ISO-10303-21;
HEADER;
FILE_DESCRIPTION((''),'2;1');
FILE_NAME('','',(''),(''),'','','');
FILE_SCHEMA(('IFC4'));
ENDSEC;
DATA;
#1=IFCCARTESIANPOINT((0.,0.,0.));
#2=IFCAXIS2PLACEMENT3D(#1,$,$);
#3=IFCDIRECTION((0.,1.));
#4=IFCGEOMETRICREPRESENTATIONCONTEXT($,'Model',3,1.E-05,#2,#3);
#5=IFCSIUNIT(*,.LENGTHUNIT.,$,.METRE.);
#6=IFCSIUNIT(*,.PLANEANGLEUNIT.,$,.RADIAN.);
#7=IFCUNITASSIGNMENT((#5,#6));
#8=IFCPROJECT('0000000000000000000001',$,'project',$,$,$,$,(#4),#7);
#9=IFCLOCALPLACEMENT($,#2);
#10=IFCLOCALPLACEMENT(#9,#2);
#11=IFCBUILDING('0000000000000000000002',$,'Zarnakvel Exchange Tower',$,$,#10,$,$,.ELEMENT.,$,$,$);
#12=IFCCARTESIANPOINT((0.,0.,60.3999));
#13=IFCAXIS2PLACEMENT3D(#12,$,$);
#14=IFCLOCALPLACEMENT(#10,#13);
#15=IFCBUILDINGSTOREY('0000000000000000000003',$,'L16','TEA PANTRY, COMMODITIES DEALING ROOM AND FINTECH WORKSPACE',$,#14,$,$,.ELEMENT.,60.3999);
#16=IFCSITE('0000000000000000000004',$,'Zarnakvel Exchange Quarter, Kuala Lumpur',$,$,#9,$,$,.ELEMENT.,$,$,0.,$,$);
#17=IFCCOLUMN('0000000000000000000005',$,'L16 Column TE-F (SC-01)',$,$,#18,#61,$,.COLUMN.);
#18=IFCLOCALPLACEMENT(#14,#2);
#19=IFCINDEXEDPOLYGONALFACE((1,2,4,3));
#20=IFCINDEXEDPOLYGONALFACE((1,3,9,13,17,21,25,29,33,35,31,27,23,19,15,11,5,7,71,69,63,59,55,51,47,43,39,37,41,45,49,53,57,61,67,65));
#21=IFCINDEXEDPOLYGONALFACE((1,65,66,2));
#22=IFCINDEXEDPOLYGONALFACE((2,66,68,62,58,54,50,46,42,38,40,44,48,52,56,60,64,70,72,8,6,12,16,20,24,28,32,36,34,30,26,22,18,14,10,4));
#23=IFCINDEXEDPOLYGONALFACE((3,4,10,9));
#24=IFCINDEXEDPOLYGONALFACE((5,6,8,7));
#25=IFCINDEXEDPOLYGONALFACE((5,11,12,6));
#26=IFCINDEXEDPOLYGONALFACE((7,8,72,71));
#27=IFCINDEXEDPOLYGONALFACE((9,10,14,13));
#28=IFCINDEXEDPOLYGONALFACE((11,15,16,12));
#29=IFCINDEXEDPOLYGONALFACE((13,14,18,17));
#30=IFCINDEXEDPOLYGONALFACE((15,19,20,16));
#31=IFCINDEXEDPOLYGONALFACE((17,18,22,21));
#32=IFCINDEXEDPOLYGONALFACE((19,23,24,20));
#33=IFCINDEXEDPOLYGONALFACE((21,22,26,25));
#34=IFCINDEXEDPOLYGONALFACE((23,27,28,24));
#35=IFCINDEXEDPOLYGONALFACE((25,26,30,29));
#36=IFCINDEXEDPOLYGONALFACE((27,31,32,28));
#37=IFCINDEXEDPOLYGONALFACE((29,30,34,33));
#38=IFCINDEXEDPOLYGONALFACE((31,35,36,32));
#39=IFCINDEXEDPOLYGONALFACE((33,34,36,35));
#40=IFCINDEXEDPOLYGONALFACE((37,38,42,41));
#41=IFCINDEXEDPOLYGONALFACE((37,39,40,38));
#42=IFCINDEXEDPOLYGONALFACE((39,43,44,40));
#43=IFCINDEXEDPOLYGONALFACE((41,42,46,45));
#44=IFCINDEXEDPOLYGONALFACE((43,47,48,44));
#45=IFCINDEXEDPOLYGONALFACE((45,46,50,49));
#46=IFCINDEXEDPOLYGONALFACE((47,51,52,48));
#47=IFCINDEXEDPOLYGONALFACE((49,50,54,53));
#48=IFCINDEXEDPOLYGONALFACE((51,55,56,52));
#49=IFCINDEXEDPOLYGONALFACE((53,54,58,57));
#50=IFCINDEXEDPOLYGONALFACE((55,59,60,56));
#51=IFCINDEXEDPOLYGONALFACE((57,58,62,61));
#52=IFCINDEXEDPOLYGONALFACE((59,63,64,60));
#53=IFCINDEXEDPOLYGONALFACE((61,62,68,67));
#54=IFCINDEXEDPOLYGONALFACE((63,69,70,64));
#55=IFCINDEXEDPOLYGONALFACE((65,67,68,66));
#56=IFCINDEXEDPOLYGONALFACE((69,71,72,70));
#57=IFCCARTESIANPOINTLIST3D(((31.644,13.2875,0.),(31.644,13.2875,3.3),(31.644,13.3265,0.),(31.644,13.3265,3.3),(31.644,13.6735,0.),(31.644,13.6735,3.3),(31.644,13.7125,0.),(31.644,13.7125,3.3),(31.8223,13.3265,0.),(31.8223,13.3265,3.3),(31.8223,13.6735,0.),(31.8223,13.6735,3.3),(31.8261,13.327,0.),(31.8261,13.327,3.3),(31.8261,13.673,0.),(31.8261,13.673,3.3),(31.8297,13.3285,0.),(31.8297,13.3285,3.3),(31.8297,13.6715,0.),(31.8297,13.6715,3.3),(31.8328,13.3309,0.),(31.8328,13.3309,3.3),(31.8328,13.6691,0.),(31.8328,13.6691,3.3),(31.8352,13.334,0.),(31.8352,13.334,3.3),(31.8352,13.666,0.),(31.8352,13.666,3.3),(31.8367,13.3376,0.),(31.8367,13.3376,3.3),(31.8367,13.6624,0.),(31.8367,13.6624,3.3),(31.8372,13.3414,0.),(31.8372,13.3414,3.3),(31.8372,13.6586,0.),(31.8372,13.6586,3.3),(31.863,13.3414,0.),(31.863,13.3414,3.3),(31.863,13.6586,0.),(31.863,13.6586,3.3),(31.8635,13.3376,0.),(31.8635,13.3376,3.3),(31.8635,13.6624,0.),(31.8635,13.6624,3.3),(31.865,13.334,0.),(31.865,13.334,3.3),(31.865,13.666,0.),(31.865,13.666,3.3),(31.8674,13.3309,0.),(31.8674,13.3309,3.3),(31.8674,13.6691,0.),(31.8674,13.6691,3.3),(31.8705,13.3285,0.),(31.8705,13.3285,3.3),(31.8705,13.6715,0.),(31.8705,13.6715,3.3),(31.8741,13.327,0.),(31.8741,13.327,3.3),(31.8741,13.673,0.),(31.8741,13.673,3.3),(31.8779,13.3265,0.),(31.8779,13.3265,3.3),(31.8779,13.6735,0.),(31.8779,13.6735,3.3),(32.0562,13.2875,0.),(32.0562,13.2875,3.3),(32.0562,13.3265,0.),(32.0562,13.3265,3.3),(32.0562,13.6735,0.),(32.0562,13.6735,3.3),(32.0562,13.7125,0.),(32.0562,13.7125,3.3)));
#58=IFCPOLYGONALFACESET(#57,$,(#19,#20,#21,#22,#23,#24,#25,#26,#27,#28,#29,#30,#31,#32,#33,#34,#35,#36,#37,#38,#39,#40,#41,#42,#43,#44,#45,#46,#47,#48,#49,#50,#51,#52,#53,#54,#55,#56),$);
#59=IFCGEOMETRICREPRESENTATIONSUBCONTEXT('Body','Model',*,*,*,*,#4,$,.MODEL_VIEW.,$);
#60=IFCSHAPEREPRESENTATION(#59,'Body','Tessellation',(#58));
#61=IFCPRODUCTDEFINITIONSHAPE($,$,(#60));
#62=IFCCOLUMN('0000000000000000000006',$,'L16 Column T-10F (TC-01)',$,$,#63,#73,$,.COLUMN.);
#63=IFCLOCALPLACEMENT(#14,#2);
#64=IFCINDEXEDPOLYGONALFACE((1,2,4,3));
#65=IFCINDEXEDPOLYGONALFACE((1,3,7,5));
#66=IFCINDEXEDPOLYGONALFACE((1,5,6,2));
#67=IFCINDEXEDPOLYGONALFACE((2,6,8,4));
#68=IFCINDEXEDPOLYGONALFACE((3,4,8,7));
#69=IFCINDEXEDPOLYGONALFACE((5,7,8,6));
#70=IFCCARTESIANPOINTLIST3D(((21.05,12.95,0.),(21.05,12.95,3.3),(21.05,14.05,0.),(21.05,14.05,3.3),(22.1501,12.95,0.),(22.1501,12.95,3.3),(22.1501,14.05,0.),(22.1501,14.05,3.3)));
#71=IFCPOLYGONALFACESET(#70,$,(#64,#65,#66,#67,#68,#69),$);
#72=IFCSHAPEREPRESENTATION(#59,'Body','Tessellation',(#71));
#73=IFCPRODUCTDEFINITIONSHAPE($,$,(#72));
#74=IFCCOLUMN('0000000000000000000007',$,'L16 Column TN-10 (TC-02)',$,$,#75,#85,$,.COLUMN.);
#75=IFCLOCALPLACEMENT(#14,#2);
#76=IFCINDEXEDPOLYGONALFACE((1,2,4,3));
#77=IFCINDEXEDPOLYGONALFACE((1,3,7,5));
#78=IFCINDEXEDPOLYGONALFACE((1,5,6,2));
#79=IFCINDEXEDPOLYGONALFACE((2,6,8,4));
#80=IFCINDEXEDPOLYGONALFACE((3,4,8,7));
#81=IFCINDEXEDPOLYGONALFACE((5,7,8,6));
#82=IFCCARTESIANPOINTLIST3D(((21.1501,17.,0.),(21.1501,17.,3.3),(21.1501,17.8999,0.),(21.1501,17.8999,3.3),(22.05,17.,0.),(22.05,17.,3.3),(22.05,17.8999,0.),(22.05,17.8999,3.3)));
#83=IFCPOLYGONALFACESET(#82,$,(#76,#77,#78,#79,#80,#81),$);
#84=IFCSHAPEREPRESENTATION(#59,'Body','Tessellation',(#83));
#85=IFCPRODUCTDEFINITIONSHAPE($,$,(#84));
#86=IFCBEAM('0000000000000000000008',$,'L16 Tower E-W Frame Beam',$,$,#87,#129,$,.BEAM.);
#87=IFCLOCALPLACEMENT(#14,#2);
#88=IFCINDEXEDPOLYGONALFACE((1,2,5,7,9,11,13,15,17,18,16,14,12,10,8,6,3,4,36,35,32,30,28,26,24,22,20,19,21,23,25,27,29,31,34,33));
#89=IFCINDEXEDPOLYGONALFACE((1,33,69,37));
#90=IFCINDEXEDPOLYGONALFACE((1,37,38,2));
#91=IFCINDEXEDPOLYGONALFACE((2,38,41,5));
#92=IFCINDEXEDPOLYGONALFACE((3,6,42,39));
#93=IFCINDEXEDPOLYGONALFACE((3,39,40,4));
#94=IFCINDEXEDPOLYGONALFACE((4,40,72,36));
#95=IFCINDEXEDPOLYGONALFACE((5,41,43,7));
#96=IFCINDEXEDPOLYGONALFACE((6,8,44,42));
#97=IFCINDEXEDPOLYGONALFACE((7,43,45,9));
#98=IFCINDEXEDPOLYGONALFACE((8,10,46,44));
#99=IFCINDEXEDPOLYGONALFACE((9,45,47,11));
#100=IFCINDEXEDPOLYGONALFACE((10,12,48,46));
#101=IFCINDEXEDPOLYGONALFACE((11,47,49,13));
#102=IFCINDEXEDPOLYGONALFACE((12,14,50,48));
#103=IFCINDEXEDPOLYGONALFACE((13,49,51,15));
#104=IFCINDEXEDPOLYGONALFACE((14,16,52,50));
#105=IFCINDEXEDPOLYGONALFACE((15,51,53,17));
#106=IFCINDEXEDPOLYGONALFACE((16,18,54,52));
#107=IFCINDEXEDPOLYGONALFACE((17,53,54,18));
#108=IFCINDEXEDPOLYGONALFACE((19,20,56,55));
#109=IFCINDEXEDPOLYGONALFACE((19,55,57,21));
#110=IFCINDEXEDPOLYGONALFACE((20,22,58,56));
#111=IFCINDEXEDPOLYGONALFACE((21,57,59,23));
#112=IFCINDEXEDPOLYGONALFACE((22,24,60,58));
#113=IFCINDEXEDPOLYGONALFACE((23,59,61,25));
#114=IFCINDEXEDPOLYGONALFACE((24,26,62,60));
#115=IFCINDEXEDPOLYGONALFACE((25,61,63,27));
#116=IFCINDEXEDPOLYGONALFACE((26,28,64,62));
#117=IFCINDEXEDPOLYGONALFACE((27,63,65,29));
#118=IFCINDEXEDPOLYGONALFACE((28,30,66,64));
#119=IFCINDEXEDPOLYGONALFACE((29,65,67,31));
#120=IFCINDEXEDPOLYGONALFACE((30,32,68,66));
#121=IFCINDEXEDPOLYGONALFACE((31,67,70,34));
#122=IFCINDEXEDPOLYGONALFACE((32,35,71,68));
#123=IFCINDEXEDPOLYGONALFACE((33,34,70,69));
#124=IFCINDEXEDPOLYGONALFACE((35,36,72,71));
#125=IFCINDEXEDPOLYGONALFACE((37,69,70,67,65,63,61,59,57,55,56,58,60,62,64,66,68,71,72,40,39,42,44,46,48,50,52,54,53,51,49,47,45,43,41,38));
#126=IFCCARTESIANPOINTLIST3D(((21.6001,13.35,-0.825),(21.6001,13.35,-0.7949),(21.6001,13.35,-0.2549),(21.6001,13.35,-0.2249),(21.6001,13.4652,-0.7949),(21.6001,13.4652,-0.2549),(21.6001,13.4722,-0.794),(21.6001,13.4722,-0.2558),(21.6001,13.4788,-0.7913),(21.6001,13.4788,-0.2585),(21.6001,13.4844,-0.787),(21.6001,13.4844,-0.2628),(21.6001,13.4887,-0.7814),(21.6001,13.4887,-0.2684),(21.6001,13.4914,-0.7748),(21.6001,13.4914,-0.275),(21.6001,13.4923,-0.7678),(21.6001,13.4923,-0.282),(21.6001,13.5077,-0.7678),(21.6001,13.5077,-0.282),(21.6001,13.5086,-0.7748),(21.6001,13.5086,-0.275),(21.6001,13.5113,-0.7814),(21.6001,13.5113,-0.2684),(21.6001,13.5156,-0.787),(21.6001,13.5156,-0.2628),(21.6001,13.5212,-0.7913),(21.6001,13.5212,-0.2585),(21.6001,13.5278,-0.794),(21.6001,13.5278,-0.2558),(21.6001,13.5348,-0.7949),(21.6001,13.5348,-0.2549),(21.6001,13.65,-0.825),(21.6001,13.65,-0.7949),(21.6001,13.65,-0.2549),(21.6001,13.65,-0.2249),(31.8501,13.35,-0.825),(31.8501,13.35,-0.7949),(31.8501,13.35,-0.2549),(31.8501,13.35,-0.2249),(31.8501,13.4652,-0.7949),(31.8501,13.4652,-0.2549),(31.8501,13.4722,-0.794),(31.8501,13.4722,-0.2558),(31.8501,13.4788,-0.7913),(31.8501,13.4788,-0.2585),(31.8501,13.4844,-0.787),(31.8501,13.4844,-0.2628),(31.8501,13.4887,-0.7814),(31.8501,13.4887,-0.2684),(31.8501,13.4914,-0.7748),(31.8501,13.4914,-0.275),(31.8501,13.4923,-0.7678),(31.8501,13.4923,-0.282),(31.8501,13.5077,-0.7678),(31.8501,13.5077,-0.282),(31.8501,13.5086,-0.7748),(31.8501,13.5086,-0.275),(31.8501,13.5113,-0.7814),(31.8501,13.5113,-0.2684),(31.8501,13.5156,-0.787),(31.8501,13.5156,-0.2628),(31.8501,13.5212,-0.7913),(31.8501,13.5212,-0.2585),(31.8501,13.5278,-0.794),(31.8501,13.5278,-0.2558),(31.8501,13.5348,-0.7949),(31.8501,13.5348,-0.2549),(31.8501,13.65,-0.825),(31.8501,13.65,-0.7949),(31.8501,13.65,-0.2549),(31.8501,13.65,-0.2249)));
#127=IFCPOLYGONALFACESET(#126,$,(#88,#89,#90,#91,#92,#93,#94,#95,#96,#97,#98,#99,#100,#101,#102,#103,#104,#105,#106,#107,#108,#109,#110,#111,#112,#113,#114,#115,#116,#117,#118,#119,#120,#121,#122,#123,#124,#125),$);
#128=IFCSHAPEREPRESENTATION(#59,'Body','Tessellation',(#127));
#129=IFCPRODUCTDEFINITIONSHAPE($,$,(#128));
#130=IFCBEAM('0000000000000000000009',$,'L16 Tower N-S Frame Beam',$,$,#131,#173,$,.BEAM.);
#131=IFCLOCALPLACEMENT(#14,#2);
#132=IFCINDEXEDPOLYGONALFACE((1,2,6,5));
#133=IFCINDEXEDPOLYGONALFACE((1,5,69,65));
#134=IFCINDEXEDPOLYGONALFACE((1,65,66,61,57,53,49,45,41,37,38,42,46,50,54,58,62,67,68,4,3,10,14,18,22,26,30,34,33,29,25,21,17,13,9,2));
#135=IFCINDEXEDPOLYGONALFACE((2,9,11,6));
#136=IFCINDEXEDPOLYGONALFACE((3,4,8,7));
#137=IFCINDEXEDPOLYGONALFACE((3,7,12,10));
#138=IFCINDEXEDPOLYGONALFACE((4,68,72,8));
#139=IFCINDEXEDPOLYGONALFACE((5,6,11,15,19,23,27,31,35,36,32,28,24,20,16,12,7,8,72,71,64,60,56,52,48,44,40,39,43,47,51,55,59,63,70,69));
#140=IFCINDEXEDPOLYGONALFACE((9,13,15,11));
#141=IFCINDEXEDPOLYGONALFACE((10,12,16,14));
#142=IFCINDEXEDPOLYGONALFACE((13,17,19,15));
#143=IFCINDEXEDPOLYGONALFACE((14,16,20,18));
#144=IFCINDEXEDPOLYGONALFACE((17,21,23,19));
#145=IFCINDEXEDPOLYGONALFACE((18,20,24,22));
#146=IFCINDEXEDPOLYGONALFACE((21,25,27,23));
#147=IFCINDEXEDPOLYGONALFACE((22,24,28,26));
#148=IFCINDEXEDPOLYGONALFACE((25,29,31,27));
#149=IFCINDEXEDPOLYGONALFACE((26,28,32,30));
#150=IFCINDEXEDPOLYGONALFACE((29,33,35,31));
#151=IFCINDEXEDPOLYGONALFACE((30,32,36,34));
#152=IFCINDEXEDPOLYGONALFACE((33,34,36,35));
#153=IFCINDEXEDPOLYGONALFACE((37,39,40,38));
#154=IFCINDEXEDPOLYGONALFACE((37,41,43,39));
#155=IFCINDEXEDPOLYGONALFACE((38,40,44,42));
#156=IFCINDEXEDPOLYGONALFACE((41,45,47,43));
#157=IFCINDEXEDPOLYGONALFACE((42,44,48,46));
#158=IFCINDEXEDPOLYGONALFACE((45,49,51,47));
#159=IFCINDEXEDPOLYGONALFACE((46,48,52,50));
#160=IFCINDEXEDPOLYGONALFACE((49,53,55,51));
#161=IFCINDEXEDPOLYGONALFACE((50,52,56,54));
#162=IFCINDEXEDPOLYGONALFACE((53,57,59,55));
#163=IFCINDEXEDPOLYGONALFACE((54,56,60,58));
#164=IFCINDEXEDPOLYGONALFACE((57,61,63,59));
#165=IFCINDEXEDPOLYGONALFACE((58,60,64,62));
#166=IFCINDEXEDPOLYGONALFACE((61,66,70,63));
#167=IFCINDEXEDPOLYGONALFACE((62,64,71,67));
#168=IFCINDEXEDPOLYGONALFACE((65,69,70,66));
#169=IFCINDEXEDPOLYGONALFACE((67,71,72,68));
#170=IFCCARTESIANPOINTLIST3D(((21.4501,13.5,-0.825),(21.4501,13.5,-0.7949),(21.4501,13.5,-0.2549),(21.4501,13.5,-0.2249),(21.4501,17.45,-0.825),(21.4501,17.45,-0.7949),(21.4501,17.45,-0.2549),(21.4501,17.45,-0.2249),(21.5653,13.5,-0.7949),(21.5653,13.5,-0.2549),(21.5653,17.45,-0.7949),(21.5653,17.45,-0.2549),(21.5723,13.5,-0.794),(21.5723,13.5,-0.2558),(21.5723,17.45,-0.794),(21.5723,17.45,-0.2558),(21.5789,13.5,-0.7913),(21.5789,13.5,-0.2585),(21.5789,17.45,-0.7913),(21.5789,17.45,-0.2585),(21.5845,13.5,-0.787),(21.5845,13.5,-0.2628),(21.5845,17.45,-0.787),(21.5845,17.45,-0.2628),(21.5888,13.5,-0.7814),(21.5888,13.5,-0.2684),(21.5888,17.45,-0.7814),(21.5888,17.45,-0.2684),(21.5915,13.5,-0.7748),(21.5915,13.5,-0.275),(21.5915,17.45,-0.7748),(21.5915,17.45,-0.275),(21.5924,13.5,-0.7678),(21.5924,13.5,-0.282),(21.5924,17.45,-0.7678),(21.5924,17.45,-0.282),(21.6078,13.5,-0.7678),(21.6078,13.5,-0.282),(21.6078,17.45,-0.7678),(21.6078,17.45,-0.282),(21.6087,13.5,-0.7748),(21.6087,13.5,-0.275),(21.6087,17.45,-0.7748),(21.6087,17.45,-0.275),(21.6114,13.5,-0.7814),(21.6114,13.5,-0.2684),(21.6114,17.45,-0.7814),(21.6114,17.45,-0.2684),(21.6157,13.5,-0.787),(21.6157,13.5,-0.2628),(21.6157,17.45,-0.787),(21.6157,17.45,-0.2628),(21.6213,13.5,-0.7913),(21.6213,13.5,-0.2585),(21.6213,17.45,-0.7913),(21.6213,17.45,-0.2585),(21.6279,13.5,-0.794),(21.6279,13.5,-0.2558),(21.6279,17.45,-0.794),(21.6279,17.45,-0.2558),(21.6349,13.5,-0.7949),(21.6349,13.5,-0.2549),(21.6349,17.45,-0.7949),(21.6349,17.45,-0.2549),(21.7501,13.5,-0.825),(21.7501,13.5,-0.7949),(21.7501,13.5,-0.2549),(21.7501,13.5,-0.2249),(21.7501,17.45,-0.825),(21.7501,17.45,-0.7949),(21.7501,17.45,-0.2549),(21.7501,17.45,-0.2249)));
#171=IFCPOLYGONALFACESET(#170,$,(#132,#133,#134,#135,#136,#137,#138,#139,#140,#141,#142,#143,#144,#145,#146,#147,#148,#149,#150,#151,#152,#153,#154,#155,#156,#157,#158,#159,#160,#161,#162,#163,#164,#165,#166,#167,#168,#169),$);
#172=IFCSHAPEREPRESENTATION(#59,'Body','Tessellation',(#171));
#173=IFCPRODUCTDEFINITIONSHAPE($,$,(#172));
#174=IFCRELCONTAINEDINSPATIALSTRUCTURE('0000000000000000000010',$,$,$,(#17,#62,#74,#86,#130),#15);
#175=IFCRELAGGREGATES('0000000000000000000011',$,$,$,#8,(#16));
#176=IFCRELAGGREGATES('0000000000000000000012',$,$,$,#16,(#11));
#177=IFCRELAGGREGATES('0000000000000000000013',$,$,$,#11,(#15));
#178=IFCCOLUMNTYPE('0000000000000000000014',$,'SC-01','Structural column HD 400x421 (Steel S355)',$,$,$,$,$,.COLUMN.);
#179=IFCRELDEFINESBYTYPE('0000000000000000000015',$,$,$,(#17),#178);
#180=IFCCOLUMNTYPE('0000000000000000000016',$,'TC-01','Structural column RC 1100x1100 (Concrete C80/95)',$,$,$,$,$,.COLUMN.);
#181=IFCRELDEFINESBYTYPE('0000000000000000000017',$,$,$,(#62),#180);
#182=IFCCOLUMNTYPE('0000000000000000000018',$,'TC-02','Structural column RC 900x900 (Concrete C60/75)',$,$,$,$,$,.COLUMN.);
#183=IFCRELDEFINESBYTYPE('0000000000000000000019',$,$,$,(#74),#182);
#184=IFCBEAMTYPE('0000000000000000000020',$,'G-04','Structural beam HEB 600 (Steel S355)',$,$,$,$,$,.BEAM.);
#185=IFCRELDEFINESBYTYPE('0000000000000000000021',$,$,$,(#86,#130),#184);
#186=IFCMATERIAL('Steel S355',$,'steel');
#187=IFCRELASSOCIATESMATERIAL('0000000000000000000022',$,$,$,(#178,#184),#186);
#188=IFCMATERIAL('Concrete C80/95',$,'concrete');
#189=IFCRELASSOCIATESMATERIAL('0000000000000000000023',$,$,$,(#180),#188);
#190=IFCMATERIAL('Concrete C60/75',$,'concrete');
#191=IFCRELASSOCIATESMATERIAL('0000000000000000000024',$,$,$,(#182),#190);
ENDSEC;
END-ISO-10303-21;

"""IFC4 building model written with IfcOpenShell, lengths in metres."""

from ifc_helpers import new_model, si_unit, direction, frame, origin, origin_2d, place, context, subcontext, project, spatial, rectangle, i_section, extrude, material, material_profile, profile_set, type_object, element, save


model = new_model("IFC4")

# Units and contexts
model_context = context("Model", 3, precision=1e-05, world=origin(), true_north=direction((0.0, 1.0)))
body_context = subcontext(model_context, "Body", "Model", "MODEL_VIEW")
ifc_project = project(units=[si_unit("LENGTHUNIT", "METRE"), si_unit("PLANEANGLEUNIT", "RADIAN")], contexts=[model_context])

# Site, building, storey
site_placement = place(None, origin())
site = spatial("IfcSite", under=ifc_project, at=site_placement, Name="Zarnakvel Exchange Quarter, Kuala Lumpur", CompositionType="ELEMENT", RefElevation=0.0)
building_placement = place(site_placement, origin())
building = spatial("IfcBuilding", under=site, at=building_placement, Name="Zarnakvel Exchange Tower", CompositionType="ELEMENT")
storey_placement = place(building_placement, frame((0.0, 0.0, 60.3999)))
storey = spatial("IfcBuildingStorey", under=building, at=storey_placement, Name="L16", Description="TEA PANTRY, COMMODITIES DEALING ROOM AND FINTECH WORKSPACE", CompositionType="ELEMENT", Elevation=60.3999)

# Columns
ifc_material_1 = material(Name="Steel S355", Category="steel")
ifc_material_profile_1 = material_profile(ifc_material_1, i_section(OverallWidth=0.4121, OverallDepth=0.425, WebThickness=0.0259, FlangeThickness=0.0391, FilletRadius=0.0149, at=origin_2d()))
ifc_profile_set_1 = profile_set([ifc_material_profile_1], Name="Steel S355")
column_type_1 = type_object("IfcColumnType", Name="SC-01", Description="Structural column HD 400x421 (Steel S355)", PredefinedType="COLUMN", material=ifc_profile_set_1)
column_1_placement = place(storey_placement, frame((31.8501, 13.5, 0.0), z_axis=(0.0, 0.0, 1.0), x_axis=(1.0, 0.0, 0.0)))
element("IfcColumn", 1, at=column_1_placement, inside=storey, type_object=column_type_1, Name="L16 Column TE-F (SC-01)", PredefinedType="COLUMN", context=body_context, shape_type="SweptSolid", body=[
    extrude(i_section(OverallWidth=0.4121, OverallDepth=0.425, WebThickness=0.0259, FlangeThickness=0.0391, FilletRadius=0.0149, at=origin_2d()), origin(), (0.0, 0.0, 1.0), 3.3),
])
ifc_material_2 = material(Name="Concrete C80/95", Category="concrete")
ifc_material_profile_2 = material_profile(ifc_material_2, rectangle(XDim=1.1001, YDim=1.1001, at=origin_2d()))
ifc_profile_set_2 = profile_set([ifc_material_profile_2], Name="Concrete C80/95")
column_type_2 = type_object("IfcColumnType", Name="TC-01", Description="Structural column RC 1100x1100 (Concrete C80/95)", PredefinedType="COLUMN", material=ifc_profile_set_2)
column_2_placement = place(storey_placement, frame((21.6001, 13.5, 0.0), z_axis=(0.0, 0.0, 1.0), x_axis=(1.0, 0.0, 0.0)))
element("IfcColumn", 2, at=column_2_placement, inside=storey, type_object=column_type_2, Name="L16 Column T-10F (TC-01)", PredefinedType="COLUMN", context=body_context, shape_type="SweptSolid", body=[
    extrude(rectangle(XDim=1.1001, YDim=1.1001, at=origin_2d()), origin(), (0.0, 0.0, 1.0), 3.3),
])
ifc_material_3 = material(Name="Concrete C60/75", Category="concrete")
ifc_material_profile_3 = material_profile(ifc_material_3, rectangle(XDim=0.8999, YDim=0.8999, at=origin_2d()))
ifc_profile_set_3 = profile_set([ifc_material_profile_3], Name="Concrete C60/75")
column_type_3 = type_object("IfcColumnType", Name="TC-02", Description="Structural column RC 900x900 (Concrete C60/75)", PredefinedType="COLUMN", material=ifc_profile_set_3)
column_3_placement = place(storey_placement, frame((21.6001, 17.45, 0.0), z_axis=(0.0, 0.0, 1.0), x_axis=(1.0, 0.0, 0.0)))
element("IfcColumn", 3, at=column_3_placement, inside=storey, type_object=column_type_3, Name="L16 Column TN-10 (TC-02)", PredefinedType="COLUMN", context=body_context, shape_type="SweptSolid", body=[
    extrude(rectangle(XDim=0.8999, YDim=0.8999, at=origin_2d()), origin(), (0.0, 0.0, 1.0), 3.3),
])

# Beams
ifc_material_profile_4 = material_profile(ifc_material_1, i_section(OverallWidth=0.3, OverallDepth=0.6001, WebThickness=0.0154, FlangeThickness=0.03, FilletRadius=0.0271, at=origin_2d()))
ifc_profile_set_4 = profile_set([ifc_material_profile_4], Name="Steel S355")
beam_type = type_object("IfcBeamType", Name="G-04", Description="Structural beam HEB 600 (Steel S355)", PredefinedType="BEAM", material=ifc_profile_set_4)
beam_1_placement = place(storey_placement, frame((21.6001, 13.5, -0.5249), z_axis=(1.0, 0.0, 0.0), x_axis=(0.0, 1.0, 0.0)))
element("IfcBeam", 4, at=beam_1_placement, inside=storey, type_object=beam_type, Name="L16 Tower E-W Frame Beam", PredefinedType="BEAM", context=body_context, shape_type="SweptSolid", body=[
    extrude(i_section(OverallWidth=0.3, OverallDepth=0.6001, WebThickness=0.0154, FlangeThickness=0.03, FilletRadius=0.0271, at=origin_2d()), origin(), (0.0, 0.0, 1.0), 10.25),
])
beam_2_placement = place(storey_placement, frame((21.6001, 13.5, -0.5249), z_axis=(0.0, 1.0, 0.0), x_axis=(-1.0, 0.0, 0.0)))
element("IfcBeam", 5, at=beam_2_placement, inside=storey, type_object=beam_type, Name="L16 Tower N-S Frame Beam", PredefinedType="BEAM", context=body_context, shape_type="SweptSolid", body=[
    extrude(i_section(OverallWidth=0.3, OverallDepth=0.6001, WebThickness=0.0154, FlangeThickness=0.03, FilletRadius=0.0271, at=origin_2d()), origin(), (0.0, 0.0, 1.0), 3.95),
])

save(model, "model.ifc")
